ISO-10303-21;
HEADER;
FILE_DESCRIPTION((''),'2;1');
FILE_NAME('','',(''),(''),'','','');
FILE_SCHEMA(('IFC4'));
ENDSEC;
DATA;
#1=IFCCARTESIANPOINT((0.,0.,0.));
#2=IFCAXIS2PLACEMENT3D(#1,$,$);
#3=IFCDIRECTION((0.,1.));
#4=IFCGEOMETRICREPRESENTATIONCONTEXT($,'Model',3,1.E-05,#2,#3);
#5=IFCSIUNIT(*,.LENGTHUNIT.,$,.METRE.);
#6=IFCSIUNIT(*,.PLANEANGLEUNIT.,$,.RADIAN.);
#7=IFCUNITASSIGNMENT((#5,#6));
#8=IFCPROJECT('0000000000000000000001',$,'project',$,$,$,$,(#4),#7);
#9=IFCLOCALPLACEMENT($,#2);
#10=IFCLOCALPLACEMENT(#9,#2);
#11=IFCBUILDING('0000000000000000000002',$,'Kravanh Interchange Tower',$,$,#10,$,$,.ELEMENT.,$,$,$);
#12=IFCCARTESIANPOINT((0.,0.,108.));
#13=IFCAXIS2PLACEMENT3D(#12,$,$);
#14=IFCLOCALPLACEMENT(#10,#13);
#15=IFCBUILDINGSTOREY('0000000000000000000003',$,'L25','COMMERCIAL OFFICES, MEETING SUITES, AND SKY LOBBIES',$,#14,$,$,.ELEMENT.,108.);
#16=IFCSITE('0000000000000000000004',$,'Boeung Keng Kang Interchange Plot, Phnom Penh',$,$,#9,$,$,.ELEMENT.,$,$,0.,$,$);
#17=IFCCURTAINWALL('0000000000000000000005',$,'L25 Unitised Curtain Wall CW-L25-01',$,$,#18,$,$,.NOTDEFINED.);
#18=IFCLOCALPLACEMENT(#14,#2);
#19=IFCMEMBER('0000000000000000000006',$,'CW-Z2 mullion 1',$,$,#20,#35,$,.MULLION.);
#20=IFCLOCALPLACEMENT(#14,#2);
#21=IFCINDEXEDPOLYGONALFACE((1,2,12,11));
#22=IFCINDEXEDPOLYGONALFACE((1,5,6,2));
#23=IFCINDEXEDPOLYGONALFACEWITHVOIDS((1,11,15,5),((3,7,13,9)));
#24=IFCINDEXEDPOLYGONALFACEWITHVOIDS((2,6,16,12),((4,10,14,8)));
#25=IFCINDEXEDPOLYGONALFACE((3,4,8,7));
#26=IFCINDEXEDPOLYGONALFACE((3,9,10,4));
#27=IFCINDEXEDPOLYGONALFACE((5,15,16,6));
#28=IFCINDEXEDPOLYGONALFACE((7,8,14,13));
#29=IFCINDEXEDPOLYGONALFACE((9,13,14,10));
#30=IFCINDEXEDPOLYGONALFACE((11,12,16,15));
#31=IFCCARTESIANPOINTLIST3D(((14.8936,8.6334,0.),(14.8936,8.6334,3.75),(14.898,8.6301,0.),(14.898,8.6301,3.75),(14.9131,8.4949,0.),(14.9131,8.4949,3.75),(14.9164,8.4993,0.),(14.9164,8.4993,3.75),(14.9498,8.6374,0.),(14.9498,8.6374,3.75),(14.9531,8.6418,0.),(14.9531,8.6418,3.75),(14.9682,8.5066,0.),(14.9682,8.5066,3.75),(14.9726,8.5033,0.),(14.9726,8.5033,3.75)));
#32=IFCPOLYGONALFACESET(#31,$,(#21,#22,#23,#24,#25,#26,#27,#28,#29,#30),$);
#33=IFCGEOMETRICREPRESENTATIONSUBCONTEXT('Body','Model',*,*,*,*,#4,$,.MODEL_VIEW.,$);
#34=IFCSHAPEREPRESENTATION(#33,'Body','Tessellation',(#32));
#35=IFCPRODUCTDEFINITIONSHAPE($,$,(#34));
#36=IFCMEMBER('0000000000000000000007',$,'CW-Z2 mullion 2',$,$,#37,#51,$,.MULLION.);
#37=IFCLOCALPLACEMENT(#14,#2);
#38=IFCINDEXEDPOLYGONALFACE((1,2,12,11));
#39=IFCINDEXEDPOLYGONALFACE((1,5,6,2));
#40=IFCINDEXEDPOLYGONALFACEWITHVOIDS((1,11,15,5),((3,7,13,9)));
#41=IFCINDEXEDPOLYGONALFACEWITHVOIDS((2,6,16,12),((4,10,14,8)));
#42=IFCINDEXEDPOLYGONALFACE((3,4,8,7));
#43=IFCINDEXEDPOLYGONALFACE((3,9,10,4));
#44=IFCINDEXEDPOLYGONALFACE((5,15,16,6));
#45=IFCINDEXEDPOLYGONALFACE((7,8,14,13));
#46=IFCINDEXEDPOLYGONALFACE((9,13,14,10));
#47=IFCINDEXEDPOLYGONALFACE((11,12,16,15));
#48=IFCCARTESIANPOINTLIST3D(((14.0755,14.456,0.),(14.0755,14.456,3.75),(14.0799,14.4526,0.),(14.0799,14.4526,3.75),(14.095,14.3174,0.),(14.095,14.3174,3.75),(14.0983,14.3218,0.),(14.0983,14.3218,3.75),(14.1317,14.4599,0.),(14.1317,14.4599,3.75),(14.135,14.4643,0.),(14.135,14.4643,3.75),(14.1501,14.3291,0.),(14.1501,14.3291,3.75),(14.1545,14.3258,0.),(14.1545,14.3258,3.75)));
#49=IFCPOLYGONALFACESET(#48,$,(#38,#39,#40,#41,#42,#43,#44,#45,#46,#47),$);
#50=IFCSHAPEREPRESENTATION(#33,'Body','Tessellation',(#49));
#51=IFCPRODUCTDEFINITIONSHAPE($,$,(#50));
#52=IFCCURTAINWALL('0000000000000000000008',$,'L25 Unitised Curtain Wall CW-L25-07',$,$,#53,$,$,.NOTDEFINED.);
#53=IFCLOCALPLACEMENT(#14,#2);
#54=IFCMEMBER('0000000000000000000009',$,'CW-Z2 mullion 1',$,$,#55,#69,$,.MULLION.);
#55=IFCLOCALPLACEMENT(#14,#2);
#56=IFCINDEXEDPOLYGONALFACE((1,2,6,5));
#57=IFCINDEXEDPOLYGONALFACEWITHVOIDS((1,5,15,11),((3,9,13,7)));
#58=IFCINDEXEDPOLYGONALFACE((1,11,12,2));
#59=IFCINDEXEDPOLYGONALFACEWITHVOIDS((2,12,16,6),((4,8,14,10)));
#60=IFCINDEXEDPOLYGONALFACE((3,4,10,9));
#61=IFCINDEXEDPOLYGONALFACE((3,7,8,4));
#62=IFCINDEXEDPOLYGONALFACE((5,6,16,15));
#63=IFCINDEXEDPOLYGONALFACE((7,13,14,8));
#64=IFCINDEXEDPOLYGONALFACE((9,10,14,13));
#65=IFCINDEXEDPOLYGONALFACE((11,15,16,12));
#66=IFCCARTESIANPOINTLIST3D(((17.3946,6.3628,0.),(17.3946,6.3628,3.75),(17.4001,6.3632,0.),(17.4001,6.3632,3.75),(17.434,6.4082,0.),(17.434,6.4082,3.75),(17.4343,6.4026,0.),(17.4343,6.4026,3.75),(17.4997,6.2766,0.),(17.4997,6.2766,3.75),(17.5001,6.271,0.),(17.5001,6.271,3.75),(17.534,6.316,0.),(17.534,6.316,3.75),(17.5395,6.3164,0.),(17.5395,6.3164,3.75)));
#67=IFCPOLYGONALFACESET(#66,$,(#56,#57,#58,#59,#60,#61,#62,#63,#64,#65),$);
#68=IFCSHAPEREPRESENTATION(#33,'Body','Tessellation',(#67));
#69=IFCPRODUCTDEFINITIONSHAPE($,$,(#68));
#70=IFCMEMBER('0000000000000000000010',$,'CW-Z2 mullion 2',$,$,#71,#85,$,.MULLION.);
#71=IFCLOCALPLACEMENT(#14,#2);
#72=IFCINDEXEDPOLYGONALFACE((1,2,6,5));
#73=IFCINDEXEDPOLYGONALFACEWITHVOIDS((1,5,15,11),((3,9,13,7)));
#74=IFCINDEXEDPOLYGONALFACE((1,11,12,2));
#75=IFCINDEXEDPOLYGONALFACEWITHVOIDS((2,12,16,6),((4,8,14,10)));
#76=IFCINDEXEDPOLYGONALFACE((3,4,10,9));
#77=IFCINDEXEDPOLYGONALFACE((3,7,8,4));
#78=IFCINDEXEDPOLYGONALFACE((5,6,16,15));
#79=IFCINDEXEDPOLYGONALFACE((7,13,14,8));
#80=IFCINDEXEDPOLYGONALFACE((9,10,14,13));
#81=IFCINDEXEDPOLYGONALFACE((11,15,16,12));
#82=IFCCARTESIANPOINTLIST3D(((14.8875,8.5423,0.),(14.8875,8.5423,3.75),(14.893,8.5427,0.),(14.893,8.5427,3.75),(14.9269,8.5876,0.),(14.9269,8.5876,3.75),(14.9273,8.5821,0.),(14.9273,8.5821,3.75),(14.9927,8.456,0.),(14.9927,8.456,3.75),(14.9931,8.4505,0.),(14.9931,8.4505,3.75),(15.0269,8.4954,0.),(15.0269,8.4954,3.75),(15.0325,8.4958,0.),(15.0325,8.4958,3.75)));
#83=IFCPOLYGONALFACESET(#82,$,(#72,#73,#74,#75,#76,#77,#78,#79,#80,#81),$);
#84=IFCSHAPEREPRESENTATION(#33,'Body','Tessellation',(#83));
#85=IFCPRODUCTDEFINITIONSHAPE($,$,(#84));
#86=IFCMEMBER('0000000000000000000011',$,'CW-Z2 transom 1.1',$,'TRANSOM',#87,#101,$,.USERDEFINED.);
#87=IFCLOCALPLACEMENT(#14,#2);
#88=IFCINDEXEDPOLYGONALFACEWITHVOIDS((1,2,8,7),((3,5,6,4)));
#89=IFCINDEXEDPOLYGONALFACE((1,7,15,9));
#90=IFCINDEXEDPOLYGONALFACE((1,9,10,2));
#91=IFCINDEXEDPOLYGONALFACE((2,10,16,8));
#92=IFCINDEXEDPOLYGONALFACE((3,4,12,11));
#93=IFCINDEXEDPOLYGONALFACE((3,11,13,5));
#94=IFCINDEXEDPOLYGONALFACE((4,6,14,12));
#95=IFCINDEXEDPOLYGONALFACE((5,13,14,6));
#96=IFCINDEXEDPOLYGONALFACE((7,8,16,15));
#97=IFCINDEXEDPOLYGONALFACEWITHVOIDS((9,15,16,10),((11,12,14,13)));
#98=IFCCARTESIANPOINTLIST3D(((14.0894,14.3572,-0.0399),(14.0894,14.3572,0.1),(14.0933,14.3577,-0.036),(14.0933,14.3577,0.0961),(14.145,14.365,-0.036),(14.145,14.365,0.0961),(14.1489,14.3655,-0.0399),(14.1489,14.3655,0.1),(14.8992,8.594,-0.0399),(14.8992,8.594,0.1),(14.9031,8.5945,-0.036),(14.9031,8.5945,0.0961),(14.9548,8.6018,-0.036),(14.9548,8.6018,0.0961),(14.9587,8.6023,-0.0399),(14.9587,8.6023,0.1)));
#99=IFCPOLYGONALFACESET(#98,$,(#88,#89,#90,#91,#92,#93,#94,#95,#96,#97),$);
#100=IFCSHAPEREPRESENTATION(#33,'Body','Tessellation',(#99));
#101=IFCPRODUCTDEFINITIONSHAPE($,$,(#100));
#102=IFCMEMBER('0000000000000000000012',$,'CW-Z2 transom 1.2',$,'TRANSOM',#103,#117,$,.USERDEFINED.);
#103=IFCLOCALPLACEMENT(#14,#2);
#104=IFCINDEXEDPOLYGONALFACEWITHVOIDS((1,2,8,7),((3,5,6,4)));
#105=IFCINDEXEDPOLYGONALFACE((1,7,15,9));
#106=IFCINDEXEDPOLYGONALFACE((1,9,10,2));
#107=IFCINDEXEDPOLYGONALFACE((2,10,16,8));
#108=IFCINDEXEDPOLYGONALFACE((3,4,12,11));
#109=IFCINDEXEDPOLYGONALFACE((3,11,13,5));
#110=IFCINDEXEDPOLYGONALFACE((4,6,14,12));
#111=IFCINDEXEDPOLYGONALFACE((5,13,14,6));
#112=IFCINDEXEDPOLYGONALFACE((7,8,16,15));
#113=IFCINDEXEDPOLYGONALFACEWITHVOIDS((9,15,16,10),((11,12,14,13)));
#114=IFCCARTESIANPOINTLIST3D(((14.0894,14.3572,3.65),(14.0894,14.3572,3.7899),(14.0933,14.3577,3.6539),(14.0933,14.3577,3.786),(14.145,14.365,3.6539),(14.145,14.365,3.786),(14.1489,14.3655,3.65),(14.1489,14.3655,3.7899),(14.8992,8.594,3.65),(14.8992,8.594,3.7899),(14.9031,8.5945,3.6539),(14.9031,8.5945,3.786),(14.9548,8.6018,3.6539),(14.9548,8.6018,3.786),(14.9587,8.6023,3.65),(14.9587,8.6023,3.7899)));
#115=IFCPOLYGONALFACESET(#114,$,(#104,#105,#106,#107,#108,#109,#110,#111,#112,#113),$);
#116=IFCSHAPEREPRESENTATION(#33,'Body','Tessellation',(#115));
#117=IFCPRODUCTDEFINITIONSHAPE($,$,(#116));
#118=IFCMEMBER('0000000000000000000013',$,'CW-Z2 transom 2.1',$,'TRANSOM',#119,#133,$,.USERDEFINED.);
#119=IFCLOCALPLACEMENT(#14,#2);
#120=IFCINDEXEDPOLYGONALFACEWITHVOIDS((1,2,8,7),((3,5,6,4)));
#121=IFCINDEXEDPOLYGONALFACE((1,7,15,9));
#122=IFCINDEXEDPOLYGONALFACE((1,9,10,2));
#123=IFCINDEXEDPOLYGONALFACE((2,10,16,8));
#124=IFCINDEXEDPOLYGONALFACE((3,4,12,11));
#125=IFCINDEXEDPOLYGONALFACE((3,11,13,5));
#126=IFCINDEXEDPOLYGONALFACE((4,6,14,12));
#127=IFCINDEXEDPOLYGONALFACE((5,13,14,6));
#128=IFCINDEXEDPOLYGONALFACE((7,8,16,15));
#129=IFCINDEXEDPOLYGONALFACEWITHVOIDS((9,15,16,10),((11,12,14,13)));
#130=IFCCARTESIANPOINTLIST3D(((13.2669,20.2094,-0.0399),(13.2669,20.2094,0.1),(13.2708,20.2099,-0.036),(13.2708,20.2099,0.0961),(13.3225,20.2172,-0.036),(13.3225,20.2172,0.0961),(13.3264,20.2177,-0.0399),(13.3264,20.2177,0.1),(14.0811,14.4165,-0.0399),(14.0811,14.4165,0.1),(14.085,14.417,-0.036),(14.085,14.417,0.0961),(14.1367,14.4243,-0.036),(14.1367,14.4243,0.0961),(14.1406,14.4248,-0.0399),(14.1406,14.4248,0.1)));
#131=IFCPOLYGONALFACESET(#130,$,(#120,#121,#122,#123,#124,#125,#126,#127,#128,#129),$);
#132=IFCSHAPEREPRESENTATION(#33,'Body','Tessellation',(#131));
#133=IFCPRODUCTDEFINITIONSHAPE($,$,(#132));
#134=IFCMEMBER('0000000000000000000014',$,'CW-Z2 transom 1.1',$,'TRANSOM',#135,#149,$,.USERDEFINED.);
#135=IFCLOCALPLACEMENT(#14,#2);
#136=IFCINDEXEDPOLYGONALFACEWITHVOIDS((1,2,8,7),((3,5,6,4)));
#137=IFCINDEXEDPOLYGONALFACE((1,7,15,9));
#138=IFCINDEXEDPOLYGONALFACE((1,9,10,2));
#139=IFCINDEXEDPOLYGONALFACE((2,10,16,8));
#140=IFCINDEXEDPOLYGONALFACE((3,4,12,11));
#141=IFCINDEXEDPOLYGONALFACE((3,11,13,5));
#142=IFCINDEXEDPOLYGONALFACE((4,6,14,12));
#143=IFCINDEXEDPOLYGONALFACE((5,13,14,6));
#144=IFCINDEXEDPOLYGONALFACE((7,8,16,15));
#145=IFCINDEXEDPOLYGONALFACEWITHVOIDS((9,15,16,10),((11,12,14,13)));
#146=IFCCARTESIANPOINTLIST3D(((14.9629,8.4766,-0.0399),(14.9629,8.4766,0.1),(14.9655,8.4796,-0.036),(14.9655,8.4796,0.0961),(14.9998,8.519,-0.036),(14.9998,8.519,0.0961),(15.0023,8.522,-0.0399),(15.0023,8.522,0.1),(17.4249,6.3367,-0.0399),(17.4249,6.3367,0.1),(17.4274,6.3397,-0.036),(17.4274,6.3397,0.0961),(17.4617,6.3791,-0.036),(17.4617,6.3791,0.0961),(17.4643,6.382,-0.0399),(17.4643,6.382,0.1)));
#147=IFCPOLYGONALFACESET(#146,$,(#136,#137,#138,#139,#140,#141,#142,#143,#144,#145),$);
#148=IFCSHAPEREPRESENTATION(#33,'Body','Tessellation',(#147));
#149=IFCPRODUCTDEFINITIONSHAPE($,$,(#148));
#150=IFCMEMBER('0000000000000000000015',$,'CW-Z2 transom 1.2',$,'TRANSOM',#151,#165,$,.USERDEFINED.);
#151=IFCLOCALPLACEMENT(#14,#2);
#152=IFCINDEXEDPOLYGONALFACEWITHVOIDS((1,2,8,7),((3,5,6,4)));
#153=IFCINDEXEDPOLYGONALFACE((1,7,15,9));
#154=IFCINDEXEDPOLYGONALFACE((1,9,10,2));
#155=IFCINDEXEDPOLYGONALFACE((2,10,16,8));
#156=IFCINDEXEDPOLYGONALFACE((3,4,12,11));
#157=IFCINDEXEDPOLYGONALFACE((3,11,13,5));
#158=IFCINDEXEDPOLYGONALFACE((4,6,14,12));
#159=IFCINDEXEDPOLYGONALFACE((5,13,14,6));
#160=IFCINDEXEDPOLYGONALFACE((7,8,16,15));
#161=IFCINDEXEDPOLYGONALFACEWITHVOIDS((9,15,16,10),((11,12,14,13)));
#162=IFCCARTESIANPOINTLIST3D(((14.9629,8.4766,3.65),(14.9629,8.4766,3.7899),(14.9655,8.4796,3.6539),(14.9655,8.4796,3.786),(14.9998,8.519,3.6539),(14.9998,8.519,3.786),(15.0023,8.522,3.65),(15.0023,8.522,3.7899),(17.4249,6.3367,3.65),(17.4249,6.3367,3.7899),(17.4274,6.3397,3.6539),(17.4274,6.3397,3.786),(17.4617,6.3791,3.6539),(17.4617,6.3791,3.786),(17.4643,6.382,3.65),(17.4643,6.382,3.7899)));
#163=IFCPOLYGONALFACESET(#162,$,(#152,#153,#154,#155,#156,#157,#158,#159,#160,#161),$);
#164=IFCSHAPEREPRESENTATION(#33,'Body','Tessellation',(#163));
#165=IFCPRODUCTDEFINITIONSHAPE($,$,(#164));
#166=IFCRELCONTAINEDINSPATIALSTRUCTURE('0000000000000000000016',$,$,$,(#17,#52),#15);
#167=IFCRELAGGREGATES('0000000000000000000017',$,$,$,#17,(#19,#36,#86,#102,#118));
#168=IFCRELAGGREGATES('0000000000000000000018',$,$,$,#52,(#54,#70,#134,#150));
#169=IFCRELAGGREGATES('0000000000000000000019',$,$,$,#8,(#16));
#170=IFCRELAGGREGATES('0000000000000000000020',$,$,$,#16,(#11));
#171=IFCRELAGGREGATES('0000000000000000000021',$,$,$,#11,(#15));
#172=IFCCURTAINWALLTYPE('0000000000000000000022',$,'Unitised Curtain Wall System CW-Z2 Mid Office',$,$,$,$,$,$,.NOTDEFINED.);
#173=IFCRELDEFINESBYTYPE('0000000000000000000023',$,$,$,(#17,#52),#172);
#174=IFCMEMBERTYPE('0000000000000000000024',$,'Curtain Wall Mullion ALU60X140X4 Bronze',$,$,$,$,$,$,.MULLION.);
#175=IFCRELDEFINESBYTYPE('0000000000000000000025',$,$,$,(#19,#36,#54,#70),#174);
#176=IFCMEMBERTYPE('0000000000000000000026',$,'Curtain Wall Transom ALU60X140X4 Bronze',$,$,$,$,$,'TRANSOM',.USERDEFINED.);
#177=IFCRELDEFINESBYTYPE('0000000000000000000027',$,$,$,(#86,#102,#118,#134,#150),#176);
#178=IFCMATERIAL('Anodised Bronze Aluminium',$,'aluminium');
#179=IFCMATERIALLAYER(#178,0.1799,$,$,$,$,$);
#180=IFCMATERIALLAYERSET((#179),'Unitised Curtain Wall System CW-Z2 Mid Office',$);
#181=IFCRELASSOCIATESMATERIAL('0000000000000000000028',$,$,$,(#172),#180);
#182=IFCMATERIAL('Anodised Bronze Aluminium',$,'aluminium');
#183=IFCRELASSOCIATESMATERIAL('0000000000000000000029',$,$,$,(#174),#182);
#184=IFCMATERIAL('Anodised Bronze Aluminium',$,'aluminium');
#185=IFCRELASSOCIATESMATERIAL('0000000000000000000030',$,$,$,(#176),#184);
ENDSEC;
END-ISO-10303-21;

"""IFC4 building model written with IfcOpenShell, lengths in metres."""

from ifc_helpers import new_model, si_unit, direction, frame, origin, origin_2d, place, context, subcontext, project, spatial, hollow_rectangle, extrude, material, layer, layer_set, material_profile, profile_set, type_object, element, aggregate, save


model = new_model("IFC4")

# Units and contexts
model_context = context("Model", 3, precision=1e-05, world=origin(), true_north=direction((0.0, 1.0)))
body_context = subcontext(model_context, "Body", "Model", "MODEL_VIEW")
ifc_project = project(units=[si_unit("LENGTHUNIT", "METRE"), si_unit("PLANEANGLEUNIT", "RADIAN")], contexts=[model_context])

# Site, building, storey
site_placement = place(None, origin())
site = spatial("IfcSite", under=ifc_project, at=site_placement, Name="Boeung Keng Kang Interchange Plot, Phnom Penh", CompositionType="ELEMENT", RefElevation=0.0)
building_placement = place(site_placement, origin())
building = spatial("IfcBuilding", under=site, at=building_placement, Name="Kravanh Interchange Tower", CompositionType="ELEMENT")
storey_placement = place(building_placement, frame((0.0, 0.0, 108.0)))
storey = spatial("IfcBuildingStorey", under=building, at=storey_placement, Name="L25", Description="COMMERCIAL OFFICES, MEETING SUITES, AND SKY LOBBIES", CompositionType="ELEMENT", Elevation=108.0)

# Curtain walls, members
ifc_material_1 = material(Name="Anodised Bronze Aluminium", Category="aluminium")
ifc_layer_1 = layer(ifc_material_1, 0.1799)
ifc_layer_set_1 = layer_set([ifc_layer_1], Name="Unitised Curtain Wall System CW-Z2 Mid Office")
curtain_wall_type = type_object("IfcCurtainWallType", Name="Unitised Curtain Wall System CW-Z2 Mid Office", PredefinedType="NOTDEFINED", material=ifc_layer_set_1)
curtain_wall_1_placement = place(storey_placement, origin())
curtain_wall_1 = element("IfcCurtainWall", 1, at=curtain_wall_1_placement, inside=storey, type_object=curtain_wall_type, Name="L25 Unitised Curtain Wall CW-L25-01", PredefinedType="NOTDEFINED")
ifc_material_2 = material(Name="Anodised Bronze Aluminium", Category="aluminium")
ifc_material_profile_1 = material_profile(ifc_material_2, hollow_rectangle(XDim=0.0601, YDim=0.1399, WallThickness=0.0039, at=origin_2d()), Name="ALU60X140X4")
ifc_profile_set_1 = profile_set([ifc_material_profile_1], Name="Anodised Bronze Aluminium")
member_type_1 = type_object("IfcMemberType", Name="Curtain Wall Mullion ALU60X140X4 Bronze", PredefinedType="MULLION", material=ifc_profile_set_1)
member_1_placement = place(storey_placement, frame((14.9331, 8.5684, 0.0), z_axis=(0.0, 0.0, 1.0), x_axis=(-0.990268, -0.139173, 0.0)))
member_1 = element("IfcMember", 2, at=member_1_placement, type_object=member_type_1, Name="CW-Z2 mullion 1", PredefinedType="MULLION", context=body_context, shape_type="SweptSolid", body=[
    extrude(hollow_rectangle(XDim=0.0601, YDim=0.1399, WallThickness=0.0039, at=origin_2d()), origin(), (0.0, 0.0, 1.0), 3.75),
])
member_2_placement = place(storey_placement, frame((14.115, 14.3909, 0.0), z_axis=(0.0, 0.0, 1.0), x_axis=(-0.990268, -0.139173, 0.0)))
member_2 = element("IfcMember", 3, at=member_2_placement, type_object=member_type_1, Name="CW-Z2 mullion 2", PredefinedType="MULLION", context=body_context, shape_type="SweptSolid", body=[
    extrude(hollow_rectangle(XDim=0.0601, YDim=0.1399, WallThickness=0.0039, at=origin_2d()), origin(), (0.0, 0.0, 1.0), 3.75),
])
curtain_wall_2_placement = place(storey_placement, origin())
curtain_wall_2 = element("IfcCurtainWall", 4, at=curtain_wall_2_placement, inside=storey, type_object=curtain_wall_type, Name="L25 Unitised Curtain Wall CW-L25-07", PredefinedType="NOTDEFINED")
member_3_placement = place(storey_placement, frame((17.467, 6.3396, 0.0), z_axis=(0.0, 0.0, 1.0), x_axis=(-0.656048, -0.754719, 0.0)))
member_3 = element("IfcMember", 5, at=member_3_placement, type_object=member_type_1, Name="CW-Z2 mullion 1", PredefinedType="MULLION", context=body_context, shape_type="SweptSolid", body=[
    extrude(hollow_rectangle(XDim=0.0601, YDim=0.1399, WallThickness=0.0039, at=origin_2d()), origin(), (0.0, 0.0, 1.0), 3.75),
])
member_4_placement = place(storey_placement, frame((14.96, 8.519, 0.0), z_axis=(0.0, 0.0, 1.0), x_axis=(-0.656048, -0.754719, 0.0)))
member_4 = element("IfcMember", 6, at=member_4_placement, type_object=member_type_1, Name="CW-Z2 mullion 2", PredefinedType="MULLION", context=body_context, shape_type="SweptSolid", body=[
    extrude(hollow_rectangle(XDim=0.0601, YDim=0.1399, WallThickness=0.0039, at=origin_2d()), origin(), (0.0, 0.0, 1.0), 3.75),
])

# Members
ifc_material_3 = material(Name="Anodised Bronze Aluminium", Category="aluminium")
ifc_material_profile_2 = material_profile(ifc_material_3, hollow_rectangle(XDim=0.0601, YDim=0.1399, WallThickness=0.0039, at=origin_2d()), Name="ALU60X140X4")
ifc_profile_set_2 = profile_set([ifc_material_profile_2], Name="Anodised Bronze Aluminium")
member_type_2 = type_object("IfcMemberType", Name="Curtain Wall Transom ALU60X140X4 Bronze", ElementType="TRANSOM", PredefinedType="USERDEFINED", material=ifc_profile_set_2)
member_5_placement = place(storey_placement, frame((14.929, 8.5981, 0.03), z_axis=(-0.139148, 0.990272, 0.0), x_axis=(-0.990272, -0.139148, 0.0)))
member_5 = element("IfcMember", 7, at=member_5_placement, type_object=member_type_2, Name="CW-Z2 transom 1.1", ObjectType="TRANSOM", PredefinedType="USERDEFINED", context=body_context, shape_type="SweptSolid", body=[
    extrude(hollow_rectangle(XDim=0.0601, YDim=0.1399, WallThickness=0.0039, at=origin_2d()), origin(), (0.0, 0.0, 1.0), 5.8198),
])
member_6_placement = place(storey_placement, frame((14.929, 8.5981, 3.72), z_axis=(-0.139148, 0.990272, 0.0), x_axis=(-0.990272, -0.139148, 0.0)))
member_6 = element("IfcMember", 8, at=member_6_placement, type_object=member_type_2, Name="CW-Z2 transom 1.2", ObjectType="TRANSOM", PredefinedType="USERDEFINED", context=body_context, shape_type="SweptSolid", body=[
    extrude(hollow_rectangle(XDim=0.0601, YDim=0.1399, WallThickness=0.0039, at=origin_2d()), origin(), (0.0, 0.0, 1.0), 5.8198),
])
member_7_placement = place(storey_placement, frame((14.1108, 14.4207, 0.03), z_axis=(-0.139183, 0.990267, 0.0), x_axis=(-0.990267, -0.139183, 0.0)))
member_7 = element("IfcMember", 9, at=member_7_placement, type_object=member_type_2, Name="CW-Z2 transom 2.1", ObjectType="TRANSOM", PredefinedType="USERDEFINED", context=body_context, shape_type="SweptSolid", body=[
    extrude(hollow_rectangle(XDim=0.0601, YDim=0.1399, WallThickness=0.0039, at=origin_2d()), origin(), (0.0, 0.0, 1.0), 5.8499),
])
member_8_placement = place(storey_placement, frame((17.4446, 6.3594, 0.03), z_axis=(-0.754742, 0.656021, 0.0), x_axis=(-0.656021, -0.754742, 0.0)))
member_8 = element("IfcMember", 10, at=member_8_placement, type_object=member_type_2, Name="CW-Z2 transom 1.1", ObjectType="TRANSOM", PredefinedType="USERDEFINED", context=body_context, shape_type="SweptSolid", body=[
    extrude(hollow_rectangle(XDim=0.0601, YDim=0.1399, WallThickness=0.0039, at=origin_2d()), origin(), (0.0, 0.0, 1.0), 3.262),
])
member_9_placement = place(storey_placement, frame((17.4446, 6.3594, 3.72), z_axis=(-0.754742, 0.656021, 0.0), x_axis=(-0.656021, -0.754742, 0.0)))
member_9 = element("IfcMember", 11, at=member_9_placement, type_object=member_type_2, Name="CW-Z2 transom 1.2", ObjectType="TRANSOM", PredefinedType="USERDEFINED", context=body_context, shape_type="SweptSolid", body=[
    extrude(hollow_rectangle(XDim=0.0601, YDim=0.1399, WallThickness=0.0039, at=origin_2d()), origin(), (0.0, 0.0, 1.0), 3.262),
])

aggregate(curtain_wall_1, [member_1, member_2, member_5, member_6, member_7])
aggregate(curtain_wall_2, [member_3, member_4, member_8, member_9])

save(model, "model.ifc")
